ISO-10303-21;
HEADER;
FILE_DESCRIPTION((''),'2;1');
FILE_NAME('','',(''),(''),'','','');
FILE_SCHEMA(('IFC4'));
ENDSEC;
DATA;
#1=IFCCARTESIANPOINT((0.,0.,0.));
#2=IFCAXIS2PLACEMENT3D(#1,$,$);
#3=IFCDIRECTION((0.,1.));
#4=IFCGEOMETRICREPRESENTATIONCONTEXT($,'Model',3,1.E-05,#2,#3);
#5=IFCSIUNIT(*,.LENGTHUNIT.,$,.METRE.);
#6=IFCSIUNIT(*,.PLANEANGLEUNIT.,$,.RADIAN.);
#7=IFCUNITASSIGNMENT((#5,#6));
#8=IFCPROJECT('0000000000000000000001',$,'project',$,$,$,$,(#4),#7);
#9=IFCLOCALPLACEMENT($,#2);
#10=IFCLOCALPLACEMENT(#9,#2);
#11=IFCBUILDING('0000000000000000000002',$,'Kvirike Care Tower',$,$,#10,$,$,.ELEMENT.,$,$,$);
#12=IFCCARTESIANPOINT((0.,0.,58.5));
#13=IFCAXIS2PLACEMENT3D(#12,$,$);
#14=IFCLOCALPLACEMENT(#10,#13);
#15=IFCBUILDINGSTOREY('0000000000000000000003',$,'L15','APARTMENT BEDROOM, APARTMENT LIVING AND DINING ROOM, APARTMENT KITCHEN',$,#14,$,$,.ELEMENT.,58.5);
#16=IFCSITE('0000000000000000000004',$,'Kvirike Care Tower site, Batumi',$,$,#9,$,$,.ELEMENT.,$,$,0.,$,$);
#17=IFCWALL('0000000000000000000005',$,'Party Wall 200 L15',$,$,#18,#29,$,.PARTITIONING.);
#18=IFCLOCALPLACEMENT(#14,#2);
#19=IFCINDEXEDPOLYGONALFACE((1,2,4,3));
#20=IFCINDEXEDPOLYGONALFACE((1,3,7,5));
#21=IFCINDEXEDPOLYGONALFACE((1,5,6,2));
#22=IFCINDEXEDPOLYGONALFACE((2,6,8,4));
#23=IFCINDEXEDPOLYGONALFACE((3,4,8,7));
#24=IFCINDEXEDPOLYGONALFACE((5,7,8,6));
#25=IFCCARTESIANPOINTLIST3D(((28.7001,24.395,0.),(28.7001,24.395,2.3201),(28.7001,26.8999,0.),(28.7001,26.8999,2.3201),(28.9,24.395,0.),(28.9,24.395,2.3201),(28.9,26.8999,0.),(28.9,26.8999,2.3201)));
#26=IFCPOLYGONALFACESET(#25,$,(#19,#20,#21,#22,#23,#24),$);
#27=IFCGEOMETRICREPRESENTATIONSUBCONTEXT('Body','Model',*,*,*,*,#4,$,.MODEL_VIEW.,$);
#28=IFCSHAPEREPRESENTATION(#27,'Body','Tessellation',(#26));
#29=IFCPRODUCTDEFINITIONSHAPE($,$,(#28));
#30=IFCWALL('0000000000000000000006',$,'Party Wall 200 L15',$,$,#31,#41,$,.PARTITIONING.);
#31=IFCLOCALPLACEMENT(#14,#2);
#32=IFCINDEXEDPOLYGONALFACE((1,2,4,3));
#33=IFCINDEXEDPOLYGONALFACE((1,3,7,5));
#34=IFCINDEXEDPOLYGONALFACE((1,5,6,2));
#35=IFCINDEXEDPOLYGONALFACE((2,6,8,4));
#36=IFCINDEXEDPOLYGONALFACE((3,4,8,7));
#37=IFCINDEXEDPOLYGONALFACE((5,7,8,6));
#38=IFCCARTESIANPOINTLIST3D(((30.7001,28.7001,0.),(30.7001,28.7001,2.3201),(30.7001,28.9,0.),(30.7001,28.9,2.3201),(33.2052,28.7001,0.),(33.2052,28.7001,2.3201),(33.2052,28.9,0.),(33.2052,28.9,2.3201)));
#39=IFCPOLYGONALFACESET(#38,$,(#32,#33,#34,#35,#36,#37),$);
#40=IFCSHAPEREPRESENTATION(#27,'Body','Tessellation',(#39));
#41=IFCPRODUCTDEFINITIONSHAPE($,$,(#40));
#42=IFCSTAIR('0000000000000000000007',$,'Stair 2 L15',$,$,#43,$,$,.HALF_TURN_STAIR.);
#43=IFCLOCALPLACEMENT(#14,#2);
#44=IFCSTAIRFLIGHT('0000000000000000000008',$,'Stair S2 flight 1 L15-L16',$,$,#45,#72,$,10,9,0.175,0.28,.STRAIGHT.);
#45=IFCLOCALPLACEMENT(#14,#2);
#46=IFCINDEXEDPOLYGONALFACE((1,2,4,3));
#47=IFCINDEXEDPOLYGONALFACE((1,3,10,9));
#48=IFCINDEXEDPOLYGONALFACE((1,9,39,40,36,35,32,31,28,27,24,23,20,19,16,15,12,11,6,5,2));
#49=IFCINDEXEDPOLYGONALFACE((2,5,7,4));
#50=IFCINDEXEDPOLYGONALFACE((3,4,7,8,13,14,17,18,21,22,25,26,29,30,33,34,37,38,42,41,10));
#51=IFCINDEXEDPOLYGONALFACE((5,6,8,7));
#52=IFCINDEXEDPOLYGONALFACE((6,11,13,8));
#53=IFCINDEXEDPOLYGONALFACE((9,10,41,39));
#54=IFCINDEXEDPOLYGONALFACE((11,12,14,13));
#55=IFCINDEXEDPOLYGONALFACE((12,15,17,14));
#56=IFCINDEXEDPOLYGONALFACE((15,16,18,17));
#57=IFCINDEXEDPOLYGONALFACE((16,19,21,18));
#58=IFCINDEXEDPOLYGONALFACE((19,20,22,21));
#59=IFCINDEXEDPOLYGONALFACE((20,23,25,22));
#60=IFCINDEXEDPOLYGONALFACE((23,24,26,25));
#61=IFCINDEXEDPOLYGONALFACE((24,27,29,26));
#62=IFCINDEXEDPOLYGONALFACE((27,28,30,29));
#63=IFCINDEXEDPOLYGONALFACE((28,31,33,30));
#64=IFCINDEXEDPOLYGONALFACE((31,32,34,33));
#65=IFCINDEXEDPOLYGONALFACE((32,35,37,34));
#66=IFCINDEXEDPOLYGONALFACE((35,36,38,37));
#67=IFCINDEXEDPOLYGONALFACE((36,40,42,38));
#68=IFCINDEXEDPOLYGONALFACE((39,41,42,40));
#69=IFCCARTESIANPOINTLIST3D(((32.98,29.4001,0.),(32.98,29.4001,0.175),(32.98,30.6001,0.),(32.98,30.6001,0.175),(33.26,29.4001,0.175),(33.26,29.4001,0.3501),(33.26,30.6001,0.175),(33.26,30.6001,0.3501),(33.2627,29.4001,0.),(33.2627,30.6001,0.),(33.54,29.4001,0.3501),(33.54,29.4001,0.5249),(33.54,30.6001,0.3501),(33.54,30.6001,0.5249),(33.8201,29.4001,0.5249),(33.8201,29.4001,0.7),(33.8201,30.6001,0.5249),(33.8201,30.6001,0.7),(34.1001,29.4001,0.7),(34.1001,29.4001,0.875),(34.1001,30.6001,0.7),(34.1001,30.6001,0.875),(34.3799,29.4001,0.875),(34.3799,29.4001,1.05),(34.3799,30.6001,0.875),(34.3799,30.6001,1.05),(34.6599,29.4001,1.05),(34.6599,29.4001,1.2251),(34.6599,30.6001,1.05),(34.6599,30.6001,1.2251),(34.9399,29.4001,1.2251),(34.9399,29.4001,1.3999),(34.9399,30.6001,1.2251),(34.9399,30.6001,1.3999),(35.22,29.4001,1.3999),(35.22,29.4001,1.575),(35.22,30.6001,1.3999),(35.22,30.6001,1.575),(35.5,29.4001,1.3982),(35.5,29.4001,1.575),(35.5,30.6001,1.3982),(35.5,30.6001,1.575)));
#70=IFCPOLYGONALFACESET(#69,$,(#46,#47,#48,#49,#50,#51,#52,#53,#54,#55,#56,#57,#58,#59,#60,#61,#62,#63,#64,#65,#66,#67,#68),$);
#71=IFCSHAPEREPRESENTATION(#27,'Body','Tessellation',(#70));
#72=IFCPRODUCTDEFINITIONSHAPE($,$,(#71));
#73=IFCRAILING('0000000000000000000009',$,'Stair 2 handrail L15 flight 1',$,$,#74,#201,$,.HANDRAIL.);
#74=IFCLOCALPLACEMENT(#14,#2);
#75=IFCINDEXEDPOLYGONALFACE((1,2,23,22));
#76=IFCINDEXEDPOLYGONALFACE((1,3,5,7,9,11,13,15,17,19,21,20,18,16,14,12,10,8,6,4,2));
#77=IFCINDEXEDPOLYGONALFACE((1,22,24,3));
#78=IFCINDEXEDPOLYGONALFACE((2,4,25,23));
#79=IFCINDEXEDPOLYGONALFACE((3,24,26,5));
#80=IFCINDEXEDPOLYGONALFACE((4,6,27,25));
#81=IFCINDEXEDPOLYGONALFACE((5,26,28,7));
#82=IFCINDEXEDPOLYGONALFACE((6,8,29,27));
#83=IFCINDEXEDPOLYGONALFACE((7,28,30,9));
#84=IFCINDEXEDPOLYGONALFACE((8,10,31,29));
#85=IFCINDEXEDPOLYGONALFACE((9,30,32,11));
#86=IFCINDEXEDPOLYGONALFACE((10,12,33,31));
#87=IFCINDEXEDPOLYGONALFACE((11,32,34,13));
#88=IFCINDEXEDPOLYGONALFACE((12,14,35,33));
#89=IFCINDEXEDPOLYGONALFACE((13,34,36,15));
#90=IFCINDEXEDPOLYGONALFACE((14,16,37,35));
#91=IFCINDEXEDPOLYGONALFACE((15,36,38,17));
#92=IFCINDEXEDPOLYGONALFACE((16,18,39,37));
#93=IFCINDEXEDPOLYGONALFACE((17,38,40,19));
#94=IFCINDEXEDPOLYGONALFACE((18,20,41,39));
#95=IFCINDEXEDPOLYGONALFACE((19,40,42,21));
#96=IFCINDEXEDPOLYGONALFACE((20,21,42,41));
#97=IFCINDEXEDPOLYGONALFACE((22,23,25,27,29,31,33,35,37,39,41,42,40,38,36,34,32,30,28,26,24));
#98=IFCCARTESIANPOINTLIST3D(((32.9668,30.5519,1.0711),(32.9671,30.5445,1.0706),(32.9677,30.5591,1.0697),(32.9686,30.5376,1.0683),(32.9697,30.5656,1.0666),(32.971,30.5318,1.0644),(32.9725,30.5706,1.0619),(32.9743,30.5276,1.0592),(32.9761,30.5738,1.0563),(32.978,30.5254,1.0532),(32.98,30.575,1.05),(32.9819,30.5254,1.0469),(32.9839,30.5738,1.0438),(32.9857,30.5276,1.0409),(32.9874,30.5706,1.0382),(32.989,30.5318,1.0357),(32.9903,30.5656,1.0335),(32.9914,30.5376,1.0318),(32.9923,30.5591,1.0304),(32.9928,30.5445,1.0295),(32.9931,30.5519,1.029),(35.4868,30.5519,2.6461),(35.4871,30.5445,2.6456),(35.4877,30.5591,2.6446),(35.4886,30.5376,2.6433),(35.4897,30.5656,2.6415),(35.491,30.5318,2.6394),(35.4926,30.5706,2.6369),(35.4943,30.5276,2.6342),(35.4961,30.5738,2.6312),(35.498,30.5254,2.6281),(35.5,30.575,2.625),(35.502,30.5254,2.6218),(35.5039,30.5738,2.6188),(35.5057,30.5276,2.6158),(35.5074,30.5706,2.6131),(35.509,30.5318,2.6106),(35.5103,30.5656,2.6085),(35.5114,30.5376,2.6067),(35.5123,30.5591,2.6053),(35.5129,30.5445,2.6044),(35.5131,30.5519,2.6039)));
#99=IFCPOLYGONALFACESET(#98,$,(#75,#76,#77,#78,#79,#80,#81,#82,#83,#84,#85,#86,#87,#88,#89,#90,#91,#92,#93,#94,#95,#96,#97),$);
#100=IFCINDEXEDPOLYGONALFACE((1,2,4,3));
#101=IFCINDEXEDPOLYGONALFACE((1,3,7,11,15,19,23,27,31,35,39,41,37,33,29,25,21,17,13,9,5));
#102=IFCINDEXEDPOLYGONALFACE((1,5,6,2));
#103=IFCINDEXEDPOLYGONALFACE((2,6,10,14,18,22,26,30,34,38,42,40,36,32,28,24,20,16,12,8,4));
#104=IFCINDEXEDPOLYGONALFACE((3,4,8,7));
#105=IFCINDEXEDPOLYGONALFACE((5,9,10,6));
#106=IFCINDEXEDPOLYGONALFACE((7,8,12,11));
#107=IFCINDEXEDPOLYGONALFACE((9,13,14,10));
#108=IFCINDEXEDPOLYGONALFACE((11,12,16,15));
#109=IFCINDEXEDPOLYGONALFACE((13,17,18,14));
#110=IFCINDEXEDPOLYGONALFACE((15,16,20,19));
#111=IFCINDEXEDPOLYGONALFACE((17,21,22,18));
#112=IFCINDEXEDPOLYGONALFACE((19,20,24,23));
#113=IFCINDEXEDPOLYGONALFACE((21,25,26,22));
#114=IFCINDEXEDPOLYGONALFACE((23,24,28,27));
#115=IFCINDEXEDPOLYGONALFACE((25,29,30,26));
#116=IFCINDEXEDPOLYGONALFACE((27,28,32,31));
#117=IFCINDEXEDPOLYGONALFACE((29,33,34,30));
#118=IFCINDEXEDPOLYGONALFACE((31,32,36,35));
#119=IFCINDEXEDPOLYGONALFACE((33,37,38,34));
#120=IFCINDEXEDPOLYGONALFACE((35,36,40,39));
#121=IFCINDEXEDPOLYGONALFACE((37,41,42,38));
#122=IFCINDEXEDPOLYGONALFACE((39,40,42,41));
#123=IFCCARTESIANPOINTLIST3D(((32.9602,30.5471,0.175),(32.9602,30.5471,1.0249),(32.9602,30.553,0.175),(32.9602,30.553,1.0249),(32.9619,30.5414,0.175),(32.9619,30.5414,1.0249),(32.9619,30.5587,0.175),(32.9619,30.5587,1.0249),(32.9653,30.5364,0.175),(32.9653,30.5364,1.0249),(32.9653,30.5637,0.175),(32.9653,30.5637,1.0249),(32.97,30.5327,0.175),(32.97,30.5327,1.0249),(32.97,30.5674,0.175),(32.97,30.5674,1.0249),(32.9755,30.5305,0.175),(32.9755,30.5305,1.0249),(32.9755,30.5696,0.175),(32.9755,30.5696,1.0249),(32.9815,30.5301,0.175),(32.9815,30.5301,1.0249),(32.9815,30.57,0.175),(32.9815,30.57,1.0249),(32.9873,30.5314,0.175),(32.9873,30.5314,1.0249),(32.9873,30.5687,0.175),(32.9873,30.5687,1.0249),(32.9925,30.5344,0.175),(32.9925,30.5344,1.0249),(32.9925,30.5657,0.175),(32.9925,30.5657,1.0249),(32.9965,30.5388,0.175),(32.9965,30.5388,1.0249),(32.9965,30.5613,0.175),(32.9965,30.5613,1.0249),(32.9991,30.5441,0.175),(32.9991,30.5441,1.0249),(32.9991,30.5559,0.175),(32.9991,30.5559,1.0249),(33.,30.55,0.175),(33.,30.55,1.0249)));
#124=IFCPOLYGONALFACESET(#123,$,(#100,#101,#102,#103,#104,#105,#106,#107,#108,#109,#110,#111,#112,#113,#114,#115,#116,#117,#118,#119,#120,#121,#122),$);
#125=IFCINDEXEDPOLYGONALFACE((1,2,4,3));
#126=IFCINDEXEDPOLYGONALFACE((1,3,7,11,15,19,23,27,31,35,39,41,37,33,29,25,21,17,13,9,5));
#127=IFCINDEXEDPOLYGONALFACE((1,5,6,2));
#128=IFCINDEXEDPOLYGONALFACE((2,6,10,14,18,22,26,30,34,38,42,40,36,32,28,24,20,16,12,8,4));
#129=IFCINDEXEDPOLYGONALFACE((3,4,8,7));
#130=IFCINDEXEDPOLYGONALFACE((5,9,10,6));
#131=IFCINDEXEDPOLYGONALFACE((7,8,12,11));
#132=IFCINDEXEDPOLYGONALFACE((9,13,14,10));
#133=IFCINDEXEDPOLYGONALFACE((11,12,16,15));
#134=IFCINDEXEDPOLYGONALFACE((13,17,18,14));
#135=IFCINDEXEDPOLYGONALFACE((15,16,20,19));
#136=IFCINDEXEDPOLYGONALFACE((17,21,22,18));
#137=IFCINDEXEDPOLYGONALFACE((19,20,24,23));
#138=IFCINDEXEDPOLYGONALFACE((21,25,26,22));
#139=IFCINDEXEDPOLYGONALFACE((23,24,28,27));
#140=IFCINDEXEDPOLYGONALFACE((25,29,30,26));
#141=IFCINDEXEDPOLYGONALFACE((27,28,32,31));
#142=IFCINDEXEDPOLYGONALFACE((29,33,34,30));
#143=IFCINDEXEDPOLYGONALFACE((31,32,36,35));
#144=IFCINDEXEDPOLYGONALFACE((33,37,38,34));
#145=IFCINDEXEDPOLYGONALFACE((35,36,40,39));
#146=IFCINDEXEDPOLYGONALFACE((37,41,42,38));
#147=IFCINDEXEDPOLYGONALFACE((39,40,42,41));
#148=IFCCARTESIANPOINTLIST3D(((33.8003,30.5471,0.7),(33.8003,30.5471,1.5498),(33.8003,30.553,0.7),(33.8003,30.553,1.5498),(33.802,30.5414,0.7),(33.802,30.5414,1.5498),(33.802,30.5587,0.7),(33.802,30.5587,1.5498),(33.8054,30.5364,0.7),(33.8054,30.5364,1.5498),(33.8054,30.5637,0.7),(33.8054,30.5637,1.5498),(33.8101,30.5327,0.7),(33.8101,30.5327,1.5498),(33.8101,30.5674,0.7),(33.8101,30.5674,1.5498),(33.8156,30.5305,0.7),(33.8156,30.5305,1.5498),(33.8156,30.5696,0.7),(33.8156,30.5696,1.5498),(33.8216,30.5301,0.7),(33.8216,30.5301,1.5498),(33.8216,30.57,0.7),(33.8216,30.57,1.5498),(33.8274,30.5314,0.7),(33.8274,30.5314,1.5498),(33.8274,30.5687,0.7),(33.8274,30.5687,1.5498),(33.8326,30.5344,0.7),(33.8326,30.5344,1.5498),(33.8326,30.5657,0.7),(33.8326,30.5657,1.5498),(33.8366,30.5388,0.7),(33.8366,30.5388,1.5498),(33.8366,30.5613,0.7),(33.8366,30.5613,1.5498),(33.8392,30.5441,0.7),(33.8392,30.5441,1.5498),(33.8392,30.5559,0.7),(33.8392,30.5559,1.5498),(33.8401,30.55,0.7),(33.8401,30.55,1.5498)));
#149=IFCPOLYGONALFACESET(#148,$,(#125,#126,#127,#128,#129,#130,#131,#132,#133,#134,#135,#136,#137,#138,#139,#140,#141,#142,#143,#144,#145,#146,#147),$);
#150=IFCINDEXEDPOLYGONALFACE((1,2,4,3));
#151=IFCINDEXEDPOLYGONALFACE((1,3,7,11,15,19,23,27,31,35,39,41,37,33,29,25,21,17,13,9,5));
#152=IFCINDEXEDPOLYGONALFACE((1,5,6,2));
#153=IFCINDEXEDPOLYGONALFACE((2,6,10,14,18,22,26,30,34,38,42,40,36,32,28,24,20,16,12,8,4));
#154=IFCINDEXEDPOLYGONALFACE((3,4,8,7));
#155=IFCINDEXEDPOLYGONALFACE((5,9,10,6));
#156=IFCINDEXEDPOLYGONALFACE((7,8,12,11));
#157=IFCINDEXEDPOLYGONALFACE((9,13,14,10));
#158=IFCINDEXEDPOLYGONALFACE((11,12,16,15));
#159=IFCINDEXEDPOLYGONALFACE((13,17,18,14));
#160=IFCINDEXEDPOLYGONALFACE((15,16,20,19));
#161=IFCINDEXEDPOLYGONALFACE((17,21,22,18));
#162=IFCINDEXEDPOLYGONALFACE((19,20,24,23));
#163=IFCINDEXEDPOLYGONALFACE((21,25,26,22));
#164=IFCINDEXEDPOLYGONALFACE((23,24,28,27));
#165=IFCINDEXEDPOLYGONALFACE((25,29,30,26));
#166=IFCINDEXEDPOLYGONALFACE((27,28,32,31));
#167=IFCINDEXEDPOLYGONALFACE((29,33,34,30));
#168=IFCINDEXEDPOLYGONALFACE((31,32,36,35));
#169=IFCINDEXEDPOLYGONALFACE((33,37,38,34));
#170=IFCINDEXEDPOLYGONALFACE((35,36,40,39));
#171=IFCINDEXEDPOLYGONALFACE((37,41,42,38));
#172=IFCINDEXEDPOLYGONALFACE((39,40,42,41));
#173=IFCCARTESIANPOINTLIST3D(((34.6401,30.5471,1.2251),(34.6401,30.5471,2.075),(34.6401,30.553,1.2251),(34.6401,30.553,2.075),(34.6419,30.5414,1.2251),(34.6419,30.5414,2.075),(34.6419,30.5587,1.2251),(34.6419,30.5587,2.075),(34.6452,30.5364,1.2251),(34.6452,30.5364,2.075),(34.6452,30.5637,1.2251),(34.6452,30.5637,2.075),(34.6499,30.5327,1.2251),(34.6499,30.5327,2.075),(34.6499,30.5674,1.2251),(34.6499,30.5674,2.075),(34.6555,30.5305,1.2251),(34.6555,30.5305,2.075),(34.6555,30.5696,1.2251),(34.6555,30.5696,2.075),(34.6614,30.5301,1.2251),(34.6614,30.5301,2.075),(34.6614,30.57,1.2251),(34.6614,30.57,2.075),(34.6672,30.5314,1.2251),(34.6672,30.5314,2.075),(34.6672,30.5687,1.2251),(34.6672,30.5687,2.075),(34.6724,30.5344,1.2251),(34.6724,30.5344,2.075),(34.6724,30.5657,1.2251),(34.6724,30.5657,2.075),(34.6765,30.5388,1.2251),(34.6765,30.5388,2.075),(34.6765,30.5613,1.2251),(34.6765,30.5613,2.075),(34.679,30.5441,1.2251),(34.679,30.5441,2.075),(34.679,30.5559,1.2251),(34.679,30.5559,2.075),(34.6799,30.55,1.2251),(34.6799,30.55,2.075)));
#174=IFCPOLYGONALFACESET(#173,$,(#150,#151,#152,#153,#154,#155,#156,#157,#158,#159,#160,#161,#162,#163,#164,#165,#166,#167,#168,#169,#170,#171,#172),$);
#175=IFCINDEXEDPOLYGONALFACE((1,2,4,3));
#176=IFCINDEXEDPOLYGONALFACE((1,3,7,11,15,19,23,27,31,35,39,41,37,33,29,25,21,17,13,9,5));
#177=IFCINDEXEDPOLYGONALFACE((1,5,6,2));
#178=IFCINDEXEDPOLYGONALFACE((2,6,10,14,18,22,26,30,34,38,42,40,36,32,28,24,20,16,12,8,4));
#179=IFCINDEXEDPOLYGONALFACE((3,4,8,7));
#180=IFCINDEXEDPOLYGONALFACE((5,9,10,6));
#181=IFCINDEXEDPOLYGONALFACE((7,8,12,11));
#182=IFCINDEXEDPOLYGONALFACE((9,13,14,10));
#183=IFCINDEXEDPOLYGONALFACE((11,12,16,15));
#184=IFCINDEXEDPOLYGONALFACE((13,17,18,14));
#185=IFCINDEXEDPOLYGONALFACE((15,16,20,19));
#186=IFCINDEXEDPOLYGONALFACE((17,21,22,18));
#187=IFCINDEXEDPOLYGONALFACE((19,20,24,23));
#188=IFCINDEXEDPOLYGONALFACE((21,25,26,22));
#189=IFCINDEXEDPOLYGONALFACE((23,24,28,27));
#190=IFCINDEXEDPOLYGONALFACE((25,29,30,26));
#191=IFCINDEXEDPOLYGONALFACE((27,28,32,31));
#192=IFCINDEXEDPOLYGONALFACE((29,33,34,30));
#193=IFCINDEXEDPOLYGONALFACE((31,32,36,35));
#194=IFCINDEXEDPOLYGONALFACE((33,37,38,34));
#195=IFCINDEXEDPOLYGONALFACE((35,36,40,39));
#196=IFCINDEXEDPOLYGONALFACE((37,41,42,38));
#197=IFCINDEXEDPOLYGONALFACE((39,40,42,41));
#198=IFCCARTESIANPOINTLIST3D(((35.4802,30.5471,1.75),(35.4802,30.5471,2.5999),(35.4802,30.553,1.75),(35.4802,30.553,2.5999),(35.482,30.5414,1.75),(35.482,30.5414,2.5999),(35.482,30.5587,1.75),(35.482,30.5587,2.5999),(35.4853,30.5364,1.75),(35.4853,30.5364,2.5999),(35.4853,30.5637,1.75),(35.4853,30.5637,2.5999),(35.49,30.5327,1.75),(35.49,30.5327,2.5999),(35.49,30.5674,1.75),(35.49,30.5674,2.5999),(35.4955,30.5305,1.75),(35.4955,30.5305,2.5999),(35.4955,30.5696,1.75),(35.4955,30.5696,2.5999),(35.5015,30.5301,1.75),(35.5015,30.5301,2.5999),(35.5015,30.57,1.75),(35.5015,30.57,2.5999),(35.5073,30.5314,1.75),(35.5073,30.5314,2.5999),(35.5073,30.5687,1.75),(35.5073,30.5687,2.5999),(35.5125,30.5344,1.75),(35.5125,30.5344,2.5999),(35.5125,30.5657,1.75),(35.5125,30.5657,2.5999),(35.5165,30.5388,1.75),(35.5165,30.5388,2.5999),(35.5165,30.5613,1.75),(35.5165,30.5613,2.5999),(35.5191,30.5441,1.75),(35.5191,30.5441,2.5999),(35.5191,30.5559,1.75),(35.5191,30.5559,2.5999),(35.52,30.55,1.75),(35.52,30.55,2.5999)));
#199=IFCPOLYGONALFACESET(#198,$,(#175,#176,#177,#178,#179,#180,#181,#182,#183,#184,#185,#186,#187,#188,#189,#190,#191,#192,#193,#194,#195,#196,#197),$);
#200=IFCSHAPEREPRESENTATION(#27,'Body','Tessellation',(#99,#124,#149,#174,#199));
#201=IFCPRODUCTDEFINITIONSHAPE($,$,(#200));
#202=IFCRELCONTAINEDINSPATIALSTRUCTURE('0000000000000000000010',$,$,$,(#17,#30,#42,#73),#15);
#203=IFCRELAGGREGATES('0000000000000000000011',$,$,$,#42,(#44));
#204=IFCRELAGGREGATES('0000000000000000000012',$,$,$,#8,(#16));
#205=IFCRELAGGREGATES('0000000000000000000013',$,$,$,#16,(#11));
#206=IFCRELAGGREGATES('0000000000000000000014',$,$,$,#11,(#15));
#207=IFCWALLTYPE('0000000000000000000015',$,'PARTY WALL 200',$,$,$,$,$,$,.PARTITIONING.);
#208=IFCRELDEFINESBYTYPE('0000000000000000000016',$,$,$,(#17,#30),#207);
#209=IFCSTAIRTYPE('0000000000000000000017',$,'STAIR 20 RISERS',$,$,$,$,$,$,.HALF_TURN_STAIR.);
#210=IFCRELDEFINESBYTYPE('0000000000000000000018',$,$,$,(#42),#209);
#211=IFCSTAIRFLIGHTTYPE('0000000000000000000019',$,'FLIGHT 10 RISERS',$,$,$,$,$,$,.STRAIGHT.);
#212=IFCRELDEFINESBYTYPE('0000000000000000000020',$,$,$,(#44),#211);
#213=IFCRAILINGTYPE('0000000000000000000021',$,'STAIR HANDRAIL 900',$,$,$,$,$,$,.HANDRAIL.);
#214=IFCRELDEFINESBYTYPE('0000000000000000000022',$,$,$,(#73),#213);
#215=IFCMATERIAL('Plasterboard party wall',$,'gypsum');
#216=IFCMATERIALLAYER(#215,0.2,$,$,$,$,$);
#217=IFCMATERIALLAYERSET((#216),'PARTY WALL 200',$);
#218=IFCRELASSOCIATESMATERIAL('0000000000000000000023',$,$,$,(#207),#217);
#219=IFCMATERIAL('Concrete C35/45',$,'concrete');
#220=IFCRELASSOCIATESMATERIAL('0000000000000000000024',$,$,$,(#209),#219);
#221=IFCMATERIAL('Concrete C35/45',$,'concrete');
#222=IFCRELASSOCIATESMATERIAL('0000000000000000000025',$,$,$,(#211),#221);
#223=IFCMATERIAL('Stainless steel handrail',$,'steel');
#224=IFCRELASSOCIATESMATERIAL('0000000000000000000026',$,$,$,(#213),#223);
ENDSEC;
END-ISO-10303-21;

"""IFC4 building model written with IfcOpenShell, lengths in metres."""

from ifc_helpers import new_model, si_unit, direction, frame, frame_2d, origin, origin_2d, place, context, subcontext, project, spatial, polyline, rectangle, circle, outline, extrude, material, layer, layer_set, type_object, element, aggregate, save


model = new_model("IFC4")

# Units and contexts
model_context = context("Model", 3, precision=1e-05, world=origin(), true_north=direction((0.0, 1.0)))
body_context = subcontext(model_context, "Body", "Model", "MODEL_VIEW")
ifc_project = project(units=[si_unit("LENGTHUNIT", "METRE"), si_unit("PLANEANGLEUNIT", "RADIAN")], contexts=[model_context])

# Site, building, storey
site_placement = place(None, origin())
site = spatial("IfcSite", under=ifc_project, at=site_placement, Name="Kvirike Care Tower site, Batumi", CompositionType="ELEMENT", RefElevation=0.0)
building_placement = place(site_placement, origin())
building = spatial("IfcBuilding", under=site, at=building_placement, Name="Kvirike Care Tower", CompositionType="ELEMENT")
storey_placement = place(building_placement, frame((0.0, 0.0, 58.5)))
storey = spatial("IfcBuildingStorey", under=building, at=storey_placement, Name="L15", Description="APARTMENT BEDROOM, APARTMENT LIVING AND DINING ROOM, APARTMENT KITCHEN", CompositionType="ELEMENT", Elevation=58.5)

# Walls
ifc_material_1 = material(Name="Plasterboard party wall", Category="gypsum")
ifc_layer_1 = layer(ifc_material_1, 0.2)
ifc_layer_set_1 = layer_set([ifc_layer_1], Name="PARTY WALL 200")
wall_type_1 = type_object("IfcWallType", Name="PARTY WALL 200", PredefinedType="PARTITIONING", material=ifc_layer_set_1)
wall_1_placement = place(storey_placement, frame((28.8, 24.395, 0.0), z_axis=(0.0, 0.0, 1.0), x_axis=(0.0, 1.0, 0.0)))
element("IfcWall", 1, at=wall_1_placement, inside=storey, type_object=wall_type_1, Name="Party Wall 200 L15", PredefinedType="PARTITIONING", context=body_context, shape_type="SweptSolid", body=[
    extrude(rectangle(XDim=2.5049, YDim=0.2, at=frame_2d((1.2524, 0.0))), origin(), (0.0, 0.0, 1.0), 2.3201),
])
wall_2_placement = place(storey_placement, frame((33.2051, 28.8, 0.0), z_axis=(0.0, 0.0, 1.0), x_axis=(-1.0, 0.0, 0.0)))
element("IfcWall", 2, at=wall_2_placement, inside=storey, type_object=wall_type_1, Name="Party Wall 200 L15", PredefinedType="PARTITIONING", context=body_context, shape_type="SweptSolid", body=[
    extrude(rectangle(XDim=2.5051, YDim=0.2, at=frame_2d((1.2524, 0.0))), origin(), (0.0, 0.0, 1.0), 2.3201),
])

# Stair, stair flight
ifc_material_2 = material(Name="Concrete C35/45", Category="concrete")
stair_type = type_object("IfcStairType", Name="STAIR 20 RISERS", PredefinedType="HALF_TURN_STAIR", material=ifc_material_2)
stair_placement = place(storey_placement, origin())
stair = element("IfcStair", 3, at=stair_placement, inside=storey, type_object=stair_type, Name="Stair 2 L15", PredefinedType="HALF_TURN_STAIR")
ifc_material_3 = material(Name="Concrete C35/45", Category="concrete")
stair_flight_type = type_object("IfcStairFlightType", Name="FLIGHT 10 RISERS", PredefinedType="STRAIGHT", material=ifc_material_3)
stair_flight_placement = place(storey_placement, frame((32.98, 30.0, 0.0), z_axis=(0.0, 0.0, 1.0), x_axis=(1.0, 0.0, 0.0)))
stair_flight = element("IfcStairFlight", 4, at=stair_flight_placement, type_object=stair_flight_type, Name="Stair S2 flight 1 L15-L16", NumberOfRisers=10, NumberOfTreads=9, PredefinedType="STRAIGHT", RiserHeight=0.175, TreadLength=0.28, context=body_context, shape_type="SweptSolid", body=[
    extrude(outline(polyline([(0.0, 0.0), (0.0, 0.175), (0.28, 0.175), (0.28, 0.3501), (0.5601, 0.3501), (0.5601, 0.5249), (0.8401, 0.5249), (0.8401, 0.7), (1.1201, 0.7), (1.1201, 0.875), (1.3999, 0.875), (1.3999, 1.05), (1.6799, 1.05), (1.6799, 1.2251), (1.96, 1.2251), (1.96, 1.3999), (2.24, 1.3999), (2.24, 1.575), (2.52, 1.575), (2.52, 1.75), (2.52, 1.3982), (0.2827, 0.0), (0.0, 0.0)])), frame((0.0, 0.6001, 0.0), z_axis=(0.0, -1.0, 0.0), x_axis=(1.0, 0.0, 0.0)), (0.0, 0.0, 1.0), 1.2),
])
aggregate(stair, [stair_flight])

# Railing
ifc_material_4 = material(Name="Stainless steel handrail", Category="steel")
railing_type = type_object("IfcRailingType", Name="STAIR HANDRAIL 900", PredefinedType="HANDRAIL", material=ifc_material_4)
railing_placement = place(storey_placement, frame((32.98, 30.55, 0.175)))
element("IfcRailing", 5, at=railing_placement, inside=storey, type_object=railing_type, Name="Stair 2 handrail L15 flight 1", PredefinedType="HANDRAIL", context=body_context, shape_type="SweptSolid", body=[
    extrude(circle(Radius=0.0249, at=origin_2d()), frame((0.0, 0.0, 0.875), z_axis=(0.848008, 0.0, 0.529984), x_axis=(0.0, 1.0, 0.0)), (0.0, 0.0, 1.0), 2.9717),
    extrude(circle(Radius=0.02, at=origin_2d()), origin(), (0.0, 0.0, 1.0), 0.8499),
    extrude(circle(Radius=0.02, at=origin_2d()), frame((0.8401, 0.0, 0.5249)), (0.0, 0.0, 1.0), 0.8499),
    extrude(circle(Radius=0.02, at=origin_2d()), frame((1.6799, 0.0, 1.05)), (0.0, 0.0, 1.0), 0.8499),
    extrude(circle(Radius=0.02, at=origin_2d()), frame((2.52, 0.0, 1.575)), (0.0, 0.0, 1.0), 0.8499),
])

save(model, "model.ifc")
